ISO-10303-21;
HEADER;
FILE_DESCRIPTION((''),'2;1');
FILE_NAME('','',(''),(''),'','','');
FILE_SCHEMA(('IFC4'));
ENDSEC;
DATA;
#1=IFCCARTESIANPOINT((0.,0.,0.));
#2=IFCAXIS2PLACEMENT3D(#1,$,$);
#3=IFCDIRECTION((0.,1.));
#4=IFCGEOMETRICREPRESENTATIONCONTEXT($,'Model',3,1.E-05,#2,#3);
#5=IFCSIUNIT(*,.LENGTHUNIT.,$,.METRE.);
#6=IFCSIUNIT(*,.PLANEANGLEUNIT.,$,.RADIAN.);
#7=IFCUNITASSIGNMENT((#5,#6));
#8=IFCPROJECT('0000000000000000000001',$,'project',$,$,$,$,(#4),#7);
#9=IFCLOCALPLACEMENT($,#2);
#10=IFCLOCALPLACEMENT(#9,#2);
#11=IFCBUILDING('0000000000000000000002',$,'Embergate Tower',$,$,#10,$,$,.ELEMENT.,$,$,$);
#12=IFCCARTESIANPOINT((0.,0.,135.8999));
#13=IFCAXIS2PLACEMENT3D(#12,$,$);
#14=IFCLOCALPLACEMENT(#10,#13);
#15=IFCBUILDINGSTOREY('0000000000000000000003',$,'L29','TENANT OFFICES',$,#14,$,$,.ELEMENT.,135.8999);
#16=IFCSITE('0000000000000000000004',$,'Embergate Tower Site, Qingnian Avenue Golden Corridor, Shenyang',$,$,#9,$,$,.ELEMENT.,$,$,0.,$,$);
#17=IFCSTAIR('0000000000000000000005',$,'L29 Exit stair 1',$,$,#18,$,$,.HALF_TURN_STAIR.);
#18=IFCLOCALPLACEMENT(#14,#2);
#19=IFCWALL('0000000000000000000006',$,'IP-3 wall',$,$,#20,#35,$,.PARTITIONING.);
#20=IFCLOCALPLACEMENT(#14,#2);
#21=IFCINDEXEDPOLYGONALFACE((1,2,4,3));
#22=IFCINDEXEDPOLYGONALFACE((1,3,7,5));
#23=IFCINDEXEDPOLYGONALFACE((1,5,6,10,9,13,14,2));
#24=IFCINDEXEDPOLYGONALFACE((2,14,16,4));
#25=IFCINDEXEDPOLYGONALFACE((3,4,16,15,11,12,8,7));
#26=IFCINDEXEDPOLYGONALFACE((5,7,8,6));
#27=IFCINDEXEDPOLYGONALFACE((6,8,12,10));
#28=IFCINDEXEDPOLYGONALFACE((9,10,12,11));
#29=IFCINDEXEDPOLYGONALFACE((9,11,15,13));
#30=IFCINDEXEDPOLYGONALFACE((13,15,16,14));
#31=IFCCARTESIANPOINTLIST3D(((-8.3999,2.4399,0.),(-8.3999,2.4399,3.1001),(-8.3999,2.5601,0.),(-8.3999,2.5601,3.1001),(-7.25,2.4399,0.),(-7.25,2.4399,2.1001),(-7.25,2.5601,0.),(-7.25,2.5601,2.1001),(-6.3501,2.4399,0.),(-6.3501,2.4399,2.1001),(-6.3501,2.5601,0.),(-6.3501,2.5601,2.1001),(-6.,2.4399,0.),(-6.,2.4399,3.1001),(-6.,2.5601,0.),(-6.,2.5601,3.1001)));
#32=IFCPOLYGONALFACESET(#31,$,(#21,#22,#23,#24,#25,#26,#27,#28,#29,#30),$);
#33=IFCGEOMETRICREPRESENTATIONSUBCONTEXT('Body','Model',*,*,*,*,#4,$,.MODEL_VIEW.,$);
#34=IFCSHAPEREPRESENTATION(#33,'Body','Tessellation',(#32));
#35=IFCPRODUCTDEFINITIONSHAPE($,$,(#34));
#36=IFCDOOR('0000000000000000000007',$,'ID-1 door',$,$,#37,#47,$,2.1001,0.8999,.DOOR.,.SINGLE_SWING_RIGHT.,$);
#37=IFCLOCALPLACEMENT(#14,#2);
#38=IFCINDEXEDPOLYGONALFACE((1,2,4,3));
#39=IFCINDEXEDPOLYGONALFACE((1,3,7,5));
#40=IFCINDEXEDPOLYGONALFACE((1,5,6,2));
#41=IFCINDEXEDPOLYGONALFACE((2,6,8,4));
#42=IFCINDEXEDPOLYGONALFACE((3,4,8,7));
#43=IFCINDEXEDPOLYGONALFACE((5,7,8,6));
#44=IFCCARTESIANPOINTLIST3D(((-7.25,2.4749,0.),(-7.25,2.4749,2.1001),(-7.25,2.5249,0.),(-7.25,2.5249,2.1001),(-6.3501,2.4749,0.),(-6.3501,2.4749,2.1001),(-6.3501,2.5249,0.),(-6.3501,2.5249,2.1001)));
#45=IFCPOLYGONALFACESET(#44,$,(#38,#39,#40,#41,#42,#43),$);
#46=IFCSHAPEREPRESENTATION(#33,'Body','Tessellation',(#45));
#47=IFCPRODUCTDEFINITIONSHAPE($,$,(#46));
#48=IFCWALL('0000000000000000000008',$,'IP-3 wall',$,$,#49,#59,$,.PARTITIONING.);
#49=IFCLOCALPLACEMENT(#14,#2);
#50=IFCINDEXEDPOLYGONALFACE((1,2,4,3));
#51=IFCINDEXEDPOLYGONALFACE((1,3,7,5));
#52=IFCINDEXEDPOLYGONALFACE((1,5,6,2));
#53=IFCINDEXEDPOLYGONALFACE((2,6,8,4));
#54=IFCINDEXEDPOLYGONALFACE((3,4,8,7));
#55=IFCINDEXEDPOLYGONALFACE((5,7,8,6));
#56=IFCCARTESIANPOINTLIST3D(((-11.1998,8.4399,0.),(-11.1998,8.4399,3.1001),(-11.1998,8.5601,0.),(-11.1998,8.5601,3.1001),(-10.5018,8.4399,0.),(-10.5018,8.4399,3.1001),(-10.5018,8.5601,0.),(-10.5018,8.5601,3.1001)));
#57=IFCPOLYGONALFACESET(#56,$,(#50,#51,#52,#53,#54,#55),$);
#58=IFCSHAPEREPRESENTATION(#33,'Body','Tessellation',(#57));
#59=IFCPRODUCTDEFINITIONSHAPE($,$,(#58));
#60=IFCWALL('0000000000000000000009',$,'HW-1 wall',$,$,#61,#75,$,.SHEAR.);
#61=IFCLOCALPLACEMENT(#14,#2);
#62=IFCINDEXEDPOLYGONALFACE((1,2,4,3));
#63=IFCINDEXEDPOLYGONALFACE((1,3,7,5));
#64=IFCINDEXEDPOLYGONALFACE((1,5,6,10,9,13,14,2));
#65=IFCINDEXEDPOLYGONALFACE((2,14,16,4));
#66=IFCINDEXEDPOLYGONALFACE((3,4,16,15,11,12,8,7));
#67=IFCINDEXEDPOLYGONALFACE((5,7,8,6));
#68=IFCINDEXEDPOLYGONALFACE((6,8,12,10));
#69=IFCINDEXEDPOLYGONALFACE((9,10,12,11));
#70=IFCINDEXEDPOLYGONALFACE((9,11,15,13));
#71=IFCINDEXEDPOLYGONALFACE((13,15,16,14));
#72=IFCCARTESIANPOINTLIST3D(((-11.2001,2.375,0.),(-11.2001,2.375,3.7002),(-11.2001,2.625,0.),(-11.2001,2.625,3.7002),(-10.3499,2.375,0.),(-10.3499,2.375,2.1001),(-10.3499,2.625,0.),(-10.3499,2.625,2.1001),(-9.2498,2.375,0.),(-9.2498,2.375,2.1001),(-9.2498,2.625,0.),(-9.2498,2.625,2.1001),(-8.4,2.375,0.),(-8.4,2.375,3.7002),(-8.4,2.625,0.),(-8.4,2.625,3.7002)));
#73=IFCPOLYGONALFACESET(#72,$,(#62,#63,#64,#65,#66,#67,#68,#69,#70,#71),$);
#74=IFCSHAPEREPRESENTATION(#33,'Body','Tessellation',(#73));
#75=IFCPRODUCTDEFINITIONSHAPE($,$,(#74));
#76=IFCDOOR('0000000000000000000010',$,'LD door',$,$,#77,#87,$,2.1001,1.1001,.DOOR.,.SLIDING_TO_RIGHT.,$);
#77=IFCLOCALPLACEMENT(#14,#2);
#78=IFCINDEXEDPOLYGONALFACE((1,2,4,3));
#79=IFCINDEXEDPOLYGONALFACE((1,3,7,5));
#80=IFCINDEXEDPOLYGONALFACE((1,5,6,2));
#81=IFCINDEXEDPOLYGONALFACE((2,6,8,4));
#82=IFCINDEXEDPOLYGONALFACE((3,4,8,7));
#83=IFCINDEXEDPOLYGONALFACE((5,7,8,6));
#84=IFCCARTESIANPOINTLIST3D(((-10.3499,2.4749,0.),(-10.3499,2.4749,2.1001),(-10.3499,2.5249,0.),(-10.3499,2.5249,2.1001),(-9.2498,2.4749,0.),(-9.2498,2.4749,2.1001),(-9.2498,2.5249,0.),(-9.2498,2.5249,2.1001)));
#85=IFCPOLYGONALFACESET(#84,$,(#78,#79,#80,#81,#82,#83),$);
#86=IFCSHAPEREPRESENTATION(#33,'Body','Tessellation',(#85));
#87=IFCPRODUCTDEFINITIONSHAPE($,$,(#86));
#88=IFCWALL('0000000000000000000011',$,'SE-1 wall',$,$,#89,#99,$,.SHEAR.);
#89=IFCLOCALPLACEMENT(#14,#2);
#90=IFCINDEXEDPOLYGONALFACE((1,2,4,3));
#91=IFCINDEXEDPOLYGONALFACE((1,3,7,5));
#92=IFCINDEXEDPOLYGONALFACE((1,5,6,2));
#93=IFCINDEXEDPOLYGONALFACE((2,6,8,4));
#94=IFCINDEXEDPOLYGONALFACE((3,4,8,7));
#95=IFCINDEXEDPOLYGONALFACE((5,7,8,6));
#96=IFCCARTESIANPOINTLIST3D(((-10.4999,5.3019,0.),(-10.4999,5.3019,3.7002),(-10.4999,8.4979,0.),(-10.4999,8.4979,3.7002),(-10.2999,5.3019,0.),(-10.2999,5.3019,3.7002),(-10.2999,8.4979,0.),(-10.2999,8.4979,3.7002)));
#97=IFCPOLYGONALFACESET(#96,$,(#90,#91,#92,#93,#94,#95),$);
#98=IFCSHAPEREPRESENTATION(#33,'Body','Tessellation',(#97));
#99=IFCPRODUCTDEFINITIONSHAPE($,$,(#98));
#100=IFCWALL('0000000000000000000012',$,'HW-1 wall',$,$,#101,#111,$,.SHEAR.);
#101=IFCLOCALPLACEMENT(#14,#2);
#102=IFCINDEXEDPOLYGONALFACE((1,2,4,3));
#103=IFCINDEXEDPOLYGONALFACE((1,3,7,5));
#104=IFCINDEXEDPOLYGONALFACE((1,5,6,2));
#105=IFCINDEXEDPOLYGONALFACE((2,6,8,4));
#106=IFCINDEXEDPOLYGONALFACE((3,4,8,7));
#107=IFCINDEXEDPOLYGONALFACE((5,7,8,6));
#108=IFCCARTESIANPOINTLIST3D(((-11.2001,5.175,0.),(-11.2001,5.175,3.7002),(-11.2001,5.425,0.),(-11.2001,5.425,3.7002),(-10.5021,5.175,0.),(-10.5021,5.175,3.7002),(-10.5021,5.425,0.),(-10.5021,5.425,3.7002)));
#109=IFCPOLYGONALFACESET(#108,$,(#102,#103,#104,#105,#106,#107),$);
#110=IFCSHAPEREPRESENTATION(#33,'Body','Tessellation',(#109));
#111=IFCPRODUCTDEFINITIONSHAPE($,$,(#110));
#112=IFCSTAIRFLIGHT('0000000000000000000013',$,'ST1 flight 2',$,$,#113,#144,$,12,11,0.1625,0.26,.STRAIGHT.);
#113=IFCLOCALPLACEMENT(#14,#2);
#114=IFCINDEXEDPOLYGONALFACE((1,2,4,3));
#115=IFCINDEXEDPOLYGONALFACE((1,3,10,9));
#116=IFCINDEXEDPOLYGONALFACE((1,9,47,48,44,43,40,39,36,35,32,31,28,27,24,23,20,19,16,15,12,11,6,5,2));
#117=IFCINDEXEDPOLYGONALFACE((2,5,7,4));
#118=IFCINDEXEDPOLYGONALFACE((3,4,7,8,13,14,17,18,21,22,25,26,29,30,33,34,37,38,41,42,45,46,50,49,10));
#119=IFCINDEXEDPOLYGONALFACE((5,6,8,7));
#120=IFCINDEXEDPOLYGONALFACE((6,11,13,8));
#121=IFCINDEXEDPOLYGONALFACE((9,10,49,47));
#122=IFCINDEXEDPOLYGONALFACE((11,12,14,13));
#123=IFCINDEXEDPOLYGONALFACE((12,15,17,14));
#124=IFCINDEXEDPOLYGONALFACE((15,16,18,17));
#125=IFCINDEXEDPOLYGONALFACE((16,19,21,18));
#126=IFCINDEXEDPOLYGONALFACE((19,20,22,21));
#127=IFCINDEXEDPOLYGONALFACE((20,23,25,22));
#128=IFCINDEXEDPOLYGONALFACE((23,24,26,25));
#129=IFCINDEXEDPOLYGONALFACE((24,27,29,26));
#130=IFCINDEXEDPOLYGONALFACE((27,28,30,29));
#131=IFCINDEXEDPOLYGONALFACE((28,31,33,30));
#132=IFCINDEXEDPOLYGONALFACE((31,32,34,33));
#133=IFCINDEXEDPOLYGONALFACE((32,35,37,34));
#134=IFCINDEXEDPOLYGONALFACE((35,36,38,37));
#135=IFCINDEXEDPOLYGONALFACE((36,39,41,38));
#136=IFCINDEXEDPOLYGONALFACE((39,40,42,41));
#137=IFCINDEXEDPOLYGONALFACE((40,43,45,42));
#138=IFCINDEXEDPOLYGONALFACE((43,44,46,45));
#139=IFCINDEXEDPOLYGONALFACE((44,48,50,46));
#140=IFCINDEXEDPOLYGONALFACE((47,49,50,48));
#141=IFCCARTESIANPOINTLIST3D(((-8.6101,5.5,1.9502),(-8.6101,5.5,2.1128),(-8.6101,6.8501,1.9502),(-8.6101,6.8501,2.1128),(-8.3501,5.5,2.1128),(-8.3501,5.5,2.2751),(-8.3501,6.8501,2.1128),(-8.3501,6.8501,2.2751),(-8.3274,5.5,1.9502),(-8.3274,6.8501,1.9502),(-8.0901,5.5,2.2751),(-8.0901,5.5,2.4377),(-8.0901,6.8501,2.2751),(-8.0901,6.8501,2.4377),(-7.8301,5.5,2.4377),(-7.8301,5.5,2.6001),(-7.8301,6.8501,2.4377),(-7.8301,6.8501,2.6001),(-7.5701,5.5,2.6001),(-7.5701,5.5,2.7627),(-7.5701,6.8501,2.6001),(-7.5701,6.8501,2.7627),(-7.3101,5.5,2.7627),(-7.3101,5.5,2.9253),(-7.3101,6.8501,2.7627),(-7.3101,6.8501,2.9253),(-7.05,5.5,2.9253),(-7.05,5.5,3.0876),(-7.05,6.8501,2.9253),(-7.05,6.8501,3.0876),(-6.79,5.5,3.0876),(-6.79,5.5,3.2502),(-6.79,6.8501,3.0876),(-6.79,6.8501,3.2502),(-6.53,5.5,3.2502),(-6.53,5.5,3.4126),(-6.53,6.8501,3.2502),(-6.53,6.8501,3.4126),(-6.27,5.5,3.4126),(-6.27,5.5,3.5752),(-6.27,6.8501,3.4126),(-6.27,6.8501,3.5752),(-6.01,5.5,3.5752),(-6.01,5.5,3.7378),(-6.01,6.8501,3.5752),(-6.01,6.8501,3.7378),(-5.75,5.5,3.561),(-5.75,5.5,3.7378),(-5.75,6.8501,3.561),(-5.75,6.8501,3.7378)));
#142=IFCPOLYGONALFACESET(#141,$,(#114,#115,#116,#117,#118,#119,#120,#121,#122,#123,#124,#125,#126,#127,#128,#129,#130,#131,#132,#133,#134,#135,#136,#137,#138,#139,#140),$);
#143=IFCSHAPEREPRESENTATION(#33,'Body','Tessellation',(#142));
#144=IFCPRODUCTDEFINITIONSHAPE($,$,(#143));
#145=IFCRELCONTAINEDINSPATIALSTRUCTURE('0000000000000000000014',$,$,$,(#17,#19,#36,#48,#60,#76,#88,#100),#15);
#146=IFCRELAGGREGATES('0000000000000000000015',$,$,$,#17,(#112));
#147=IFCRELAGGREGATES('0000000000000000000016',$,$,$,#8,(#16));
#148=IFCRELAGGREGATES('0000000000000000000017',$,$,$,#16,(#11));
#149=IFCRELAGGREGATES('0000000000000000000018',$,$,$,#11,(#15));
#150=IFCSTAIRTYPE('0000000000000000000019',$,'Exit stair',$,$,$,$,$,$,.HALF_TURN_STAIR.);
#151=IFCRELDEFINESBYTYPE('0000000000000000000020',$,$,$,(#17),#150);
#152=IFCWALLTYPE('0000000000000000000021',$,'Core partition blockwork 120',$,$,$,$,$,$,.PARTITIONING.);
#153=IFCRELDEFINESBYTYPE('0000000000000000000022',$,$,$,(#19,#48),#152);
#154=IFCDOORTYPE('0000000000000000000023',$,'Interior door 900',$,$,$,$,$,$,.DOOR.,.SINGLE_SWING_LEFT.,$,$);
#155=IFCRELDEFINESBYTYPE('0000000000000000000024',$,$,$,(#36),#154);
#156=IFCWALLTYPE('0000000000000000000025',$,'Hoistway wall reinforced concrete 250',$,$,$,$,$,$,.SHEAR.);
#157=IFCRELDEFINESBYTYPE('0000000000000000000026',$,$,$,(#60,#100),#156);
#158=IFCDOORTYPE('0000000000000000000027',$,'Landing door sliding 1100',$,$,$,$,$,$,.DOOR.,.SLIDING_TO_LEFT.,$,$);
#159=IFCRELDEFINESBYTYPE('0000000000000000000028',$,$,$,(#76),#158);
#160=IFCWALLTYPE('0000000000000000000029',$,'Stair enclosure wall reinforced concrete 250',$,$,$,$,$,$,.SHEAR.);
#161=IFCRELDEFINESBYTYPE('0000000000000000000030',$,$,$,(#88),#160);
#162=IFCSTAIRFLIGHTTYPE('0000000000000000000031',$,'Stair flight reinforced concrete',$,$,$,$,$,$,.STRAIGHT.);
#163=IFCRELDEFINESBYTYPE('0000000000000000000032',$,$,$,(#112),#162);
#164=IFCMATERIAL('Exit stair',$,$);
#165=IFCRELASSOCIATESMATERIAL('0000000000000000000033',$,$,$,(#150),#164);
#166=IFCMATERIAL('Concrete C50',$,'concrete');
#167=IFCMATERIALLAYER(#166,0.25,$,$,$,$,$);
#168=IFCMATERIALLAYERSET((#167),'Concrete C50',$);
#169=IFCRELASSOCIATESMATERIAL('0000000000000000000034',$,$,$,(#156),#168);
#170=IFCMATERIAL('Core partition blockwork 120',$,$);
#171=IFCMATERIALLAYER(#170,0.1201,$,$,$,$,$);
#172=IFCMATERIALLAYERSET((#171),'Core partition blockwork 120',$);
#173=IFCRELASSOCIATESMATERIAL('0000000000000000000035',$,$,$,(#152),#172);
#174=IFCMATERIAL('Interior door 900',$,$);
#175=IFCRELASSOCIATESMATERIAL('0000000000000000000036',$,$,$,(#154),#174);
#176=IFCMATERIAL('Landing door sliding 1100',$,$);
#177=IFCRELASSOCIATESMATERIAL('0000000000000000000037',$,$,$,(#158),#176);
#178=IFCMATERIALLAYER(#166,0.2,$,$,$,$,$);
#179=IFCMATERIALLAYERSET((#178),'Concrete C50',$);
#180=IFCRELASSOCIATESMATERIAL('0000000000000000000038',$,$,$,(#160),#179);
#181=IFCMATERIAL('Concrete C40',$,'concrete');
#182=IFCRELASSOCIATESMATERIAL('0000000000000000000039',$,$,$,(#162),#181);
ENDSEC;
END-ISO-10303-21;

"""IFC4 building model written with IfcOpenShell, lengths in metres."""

from ifc_helpers import new_model, si_unit, direction, frame, frame_2d, origin, place, context, subcontext, project, spatial, polyline, rectangle, outline, extrude, source, transform, mapped, material, layer, layer_set, type_object, element, fill, aggregate, save


model = new_model("IFC4")

# Units and contexts
model_context = context("Model", 3, precision=1e-05, world=origin(), true_north=direction((0.0, 1.0)))
body_context = subcontext(model_context, "Body", "Model", "MODEL_VIEW")
ifc_project = project(units=[si_unit("LENGTHUNIT", "METRE"), si_unit("PLANEANGLEUNIT", "RADIAN")], contexts=[model_context])

# Site, building, storey
site_placement = place(None, origin())
site = spatial("IfcSite", under=ifc_project, at=site_placement, Name="Embergate Tower Site, Qingnian Avenue Golden Corridor, Shenyang", CompositionType="ELEMENT", RefElevation=0.0)
building_placement = place(site_placement, origin())
building = spatial("IfcBuilding", under=site, at=building_placement, Name="Embergate Tower", CompositionType="ELEMENT")
storey_placement = place(building_placement, frame((0.0, 0.0, 135.8999)))
storey = spatial("IfcBuildingStorey", under=building, at=storey_placement, Name="L29", Description="TENANT OFFICES", CompositionType="ELEMENT", Elevation=135.8999)

# Stair
ifc_material_1 = material(Name="Exit stair")
stair_type = type_object("IfcStairType", Name="Exit stair", PredefinedType="HALF_TURN_STAIR", material=ifc_material_1)
stair_placement = place(storey_placement, origin())
stair = element("IfcStair", 1, at=stair_placement, inside=storey, type_object=stair_type, Name="L29 Exit stair 1", PredefinedType="HALF_TURN_STAIR")
ifc_material_2 = material(Name="Concrete C40", Category="concrete")

# Shared definitions
ifc_material_3 = material(Name="Concrete C50", Category="concrete")
ifc_layer_1 = layer(ifc_material_3, 0.25)
ifc_layer_set_1 = layer_set([ifc_layer_1], Name="Concrete C50")
wall_type_1 = type_object("IfcWallType", Name="Hoistway wall reinforced concrete 250", PredefinedType="SHEAR", material=ifc_layer_set_1)

# Shared definitions
shared_shape_1 = source(origin(), body_context, "Body", "SweptSolid", [
    extrude(rectangle(XDim=0.8999, YDim=2.1001, at=frame_2d((0.45, 1.05))), frame((0.0, 0.0249, 0.0), z_axis=(0.0, -1.0, 0.0), x_axis=(1.0, 0.0, 0.0)), (0.0, 0.0, 1.0), 0.05),
])

# Wall, opening, door
ifc_material_4 = material(Name="Core partition blockwork 120")
ifc_layer_2 = layer(ifc_material_4, 0.1201)
ifc_layer_set_2 = layer_set([ifc_layer_2], Name="Core partition blockwork 120")
wall_type_2 = type_object("IfcWallType", Name="Core partition blockwork 120", PredefinedType="PARTITIONING", material=ifc_layer_set_2)
shared_shape_2 = source(origin(), body_context, "Body", "SweptSolid", [
    extrude(rectangle(XDim=2.3999, YDim=0.1201, at=frame_2d((1.2, 0.0))), origin(), (0.0, 0.0, 1.0), 3.1001),
])
wall_1_placement = place(storey_placement, frame((-8.3999, 2.5, 0.0), z_axis=(0.0, 0.0, 1.0), x_axis=(1.0, 0.0, 0.0)))
wall_1 = element("IfcWall", 2, at=wall_1_placement, inside=storey, type_object=wall_type_2, Name="IP-3 wall", PredefinedType="PARTITIONING", context=body_context, shape_type="MappedRepresentation", body=[
    mapped(shared_shape_2, transform((0.0, 0.0, 0.0))),
])
shared_shape_3 = source(origin(), body_context, "Body", "SweptSolid", [
    extrude(rectangle(XDim=0.8999, YDim=2.1001, at=frame_2d((0.45, 1.05))), frame((0.0, 0.0701, 0.0), z_axis=(0.0, -1.0, 0.0), x_axis=(1.0, 0.0, 0.0)), (0.0, 0.0, 1.0), 0.1401),
])
opening_1_placement = place(wall_1_placement, frame((1.1499, 0.0, 0.0)))
opening_1 = element("IfcOpeningElement", 3, at=opening_1_placement, cuts=wall_1, PredefinedType="OPENING", context=body_context, shape_type="MappedRepresentation", body=[
    mapped(shared_shape_3, transform((0.0, 0.0, 0.0))),
])
ifc_material_5 = material(Name="Interior door 900")
door_type_1 = type_object("IfcDoorType", Name="Interior door 900", OperationType="SINGLE_SWING_LEFT", PredefinedType="DOOR", material=ifc_material_5)
door_1_placement = place(opening_1_placement, origin())
door_1 = element("IfcDoor", 4, at=door_1_placement, inside=storey, type_object=door_type_1, Name="ID-1 door", OperationType="SINGLE_SWING_RIGHT", OverallHeight=2.1001, OverallWidth=0.8999, PredefinedType="DOOR", context=body_context, shape_type="MappedRepresentation", body=[
    mapped(shared_shape_1, transform((0.0, 0.0, 0.0))),
])
fill(opening_1, door_1)

# Wall
shared_shape_4 = source(origin(), body_context, "Body", "SweptSolid", [
    extrude(rectangle(XDim=0.698, YDim=0.1201, at=frame_2d((0.3491, 0.0))), origin(), (0.0, 0.0, 1.0), 3.1001),
])
wall_2_placement = place(storey_placement, frame((-11.2, 8.5, 0.0), z_axis=(0.0, 0.0, 1.0), x_axis=(1.0, 0.0, 0.0)))
element("IfcWall", 5, at=wall_2_placement, inside=storey, type_object=wall_type_2, Name="IP-3 wall", PredefinedType="PARTITIONING", context=body_context, shape_type="MappedRepresentation", body=[
    mapped(shared_shape_4, transform((0.0, 0.0, 0.0))),
])

# Wall, opening, door
shared_shape_5 = source(origin(), body_context, "Body", "SweptSolid", [
    extrude(rectangle(XDim=2.8, YDim=0.25, at=frame_2d((1.3999, 0.0))), origin(), (0.0, 0.0, 1.0), 3.7002),
])
wall_3_placement = place(storey_placement, frame((-11.2, 2.5, 0.0), z_axis=(0.0, 0.0, 1.0), x_axis=(1.0, 0.0, 0.0)))
wall_3 = element("IfcWall", 6, at=wall_3_placement, inside=storey, type_object=wall_type_1, Name="HW-1 wall", PredefinedType="SHEAR", context=body_context, shape_type="MappedRepresentation", body=[
    mapped(shared_shape_5, transform((0.0, 0.0, 0.0))),
])
shared_shape_6 = source(origin(), body_context, "Body", "SweptSolid", [
    extrude(rectangle(XDim=1.1001, YDim=2.1001, at=frame_2d((0.55, 1.05))), frame((0.0, 0.135, 0.0), z_axis=(0.0, -1.0, 0.0), x_axis=(1.0, 0.0, 0.0)), (0.0, 0.0, 1.0), 0.27),
])
opening_2_placement = place(wall_3_placement, frame((0.8501, 0.0, 0.0)))
opening_2 = element("IfcOpeningElement", 7, at=opening_2_placement, cuts=wall_3, PredefinedType="OPENING", context=body_context, shape_type="MappedRepresentation", body=[
    mapped(shared_shape_6, transform((0.0, 0.0, 0.0))),
])
ifc_material_6 = material(Name="Landing door sliding 1100")
door_type_2 = type_object("IfcDoorType", Name="Landing door sliding 1100", OperationType="SLIDING_TO_LEFT", PredefinedType="DOOR", material=ifc_material_6)
shared_shape_7 = source(origin(), body_context, "Body", "SweptSolid", [
    extrude(rectangle(XDim=1.1001, YDim=2.1001, at=frame_2d((0.55, 1.05))), frame((0.0, 0.0249, 0.0), z_axis=(0.0, -1.0, 0.0), x_axis=(1.0, 0.0, 0.0)), (0.0, 0.0, 1.0), 0.05),
])
door_2_placement = place(opening_2_placement, origin())
door_2 = element("IfcDoor", 8, at=door_2_placement, inside=storey, type_object=door_type_2, Name="LD door", OperationType="SLIDING_TO_RIGHT", OverallHeight=2.1001, OverallWidth=1.1001, PredefinedType="DOOR", context=body_context, shape_type="MappedRepresentation", body=[
    mapped(shared_shape_7, transform((0.0, 0.0, 0.0))),
])
fill(opening_2, door_2)

# Walls
ifc_layer_3 = layer(ifc_material_3, 0.2)
ifc_layer_set_3 = layer_set([ifc_layer_3], Name="Concrete C50")
wall_type_3 = type_object("IfcWallType", Name="Stair enclosure wall reinforced concrete 250", PredefinedType="SHEAR", material=ifc_layer_set_3)
shared_shape_8 = source(origin(), body_context, "Body", "SweptSolid", [
    extrude(rectangle(XDim=3.196, YDim=0.2, at=frame_2d((1.5981, 0.0))), origin(), (0.0, 0.0, 1.0), 3.7002),
])
wall_4_placement = place(storey_placement, frame((-10.3999, 8.498, 0.0), z_axis=(0.0, 0.0, 1.0), x_axis=(0.0, -1.0, 0.0)))
element("IfcWall", 9, at=wall_4_placement, inside=storey, type_object=wall_type_3, Name="SE-1 wall", PredefinedType="SHEAR", context=body_context, shape_type="MappedRepresentation", body=[
    mapped(shared_shape_8, transform((0.0, 0.0, 0.0))),
])
shared_shape_9 = source(origin(), body_context, "Body", "SweptSolid", [
    extrude(rectangle(XDim=0.698, YDim=0.25, at=frame_2d((0.3491, 0.0))), origin(), (0.0, 0.0, 1.0), 3.7002),
])
wall_5_placement = place(storey_placement, frame((-10.502, 5.3, 0.0), z_axis=(0.0, 0.0, 1.0), x_axis=(-1.0, 0.0, 0.0)))
element("IfcWall", 10, at=wall_5_placement, inside=storey, type_object=wall_type_1, Name="HW-1 wall", PredefinedType="SHEAR", context=body_context, shape_type="MappedRepresentation", body=[
    mapped(shared_shape_9, transform((0.0, 0.0, 0.0))),
])

# Stair flight
stair_flight_type = type_object("IfcStairFlightType", Name="Stair flight reinforced concrete", PredefinedType="STRAIGHT", material=ifc_material_2)
shared_shape_10 = source(origin(), body_context, "Body", "SweptSolid", [
    extrude(outline(polyline([(0.0, 0.0), (0.0, 0.1626), (0.26, 0.1626), (0.26, 0.325), (0.52, 0.325), (0.52, 0.4875), (0.78, 0.4875), (0.78, 0.6499), (1.04, 0.6499), (1.04, 0.8125), (1.3, 0.8125), (1.3, 0.9751), (1.5601, 0.9751), (1.5601, 1.1375), (1.8201, 1.1375), (1.8201, 1.3), (2.0801, 1.3), (2.0801, 1.4624), (2.3401, 1.4624), (2.3401, 1.625), (2.6001, 1.625), (2.6001, 1.7876), (2.8601, 1.7876), (2.8601, 1.95), (2.8601, 1.6108), (0.2827, 0.0), (0.0, 0.0)])), frame((0.0, 0.675, 0.0), z_axis=(0.0, -1.0, 0.0), x_axis=(1.0, 0.0, 0.0)), (0.0, 0.0, 1.0), 1.3501),
])
stair_flight_placement = place(storey_placement, frame((-8.6101, 6.175, 1.9502), z_axis=(0.0, 0.0, 1.0), x_axis=(1.0, 0.0, 0.0)))
stair_flight = element("IfcStairFlight", 11, at=stair_flight_placement, type_object=stair_flight_type, Name="ST1 flight 2", NumberOfRisers=12, NumberOfTreads=11, PredefinedType="STRAIGHT", RiserHeight=0.1625, TreadLength=0.26, context=body_context, shape_type="MappedRepresentation", body=[
    mapped(shared_shape_10, transform((0.0, 0.0, 0.0))),
])
aggregate(stair, [stair_flight])

save(model, "model.ifc")
